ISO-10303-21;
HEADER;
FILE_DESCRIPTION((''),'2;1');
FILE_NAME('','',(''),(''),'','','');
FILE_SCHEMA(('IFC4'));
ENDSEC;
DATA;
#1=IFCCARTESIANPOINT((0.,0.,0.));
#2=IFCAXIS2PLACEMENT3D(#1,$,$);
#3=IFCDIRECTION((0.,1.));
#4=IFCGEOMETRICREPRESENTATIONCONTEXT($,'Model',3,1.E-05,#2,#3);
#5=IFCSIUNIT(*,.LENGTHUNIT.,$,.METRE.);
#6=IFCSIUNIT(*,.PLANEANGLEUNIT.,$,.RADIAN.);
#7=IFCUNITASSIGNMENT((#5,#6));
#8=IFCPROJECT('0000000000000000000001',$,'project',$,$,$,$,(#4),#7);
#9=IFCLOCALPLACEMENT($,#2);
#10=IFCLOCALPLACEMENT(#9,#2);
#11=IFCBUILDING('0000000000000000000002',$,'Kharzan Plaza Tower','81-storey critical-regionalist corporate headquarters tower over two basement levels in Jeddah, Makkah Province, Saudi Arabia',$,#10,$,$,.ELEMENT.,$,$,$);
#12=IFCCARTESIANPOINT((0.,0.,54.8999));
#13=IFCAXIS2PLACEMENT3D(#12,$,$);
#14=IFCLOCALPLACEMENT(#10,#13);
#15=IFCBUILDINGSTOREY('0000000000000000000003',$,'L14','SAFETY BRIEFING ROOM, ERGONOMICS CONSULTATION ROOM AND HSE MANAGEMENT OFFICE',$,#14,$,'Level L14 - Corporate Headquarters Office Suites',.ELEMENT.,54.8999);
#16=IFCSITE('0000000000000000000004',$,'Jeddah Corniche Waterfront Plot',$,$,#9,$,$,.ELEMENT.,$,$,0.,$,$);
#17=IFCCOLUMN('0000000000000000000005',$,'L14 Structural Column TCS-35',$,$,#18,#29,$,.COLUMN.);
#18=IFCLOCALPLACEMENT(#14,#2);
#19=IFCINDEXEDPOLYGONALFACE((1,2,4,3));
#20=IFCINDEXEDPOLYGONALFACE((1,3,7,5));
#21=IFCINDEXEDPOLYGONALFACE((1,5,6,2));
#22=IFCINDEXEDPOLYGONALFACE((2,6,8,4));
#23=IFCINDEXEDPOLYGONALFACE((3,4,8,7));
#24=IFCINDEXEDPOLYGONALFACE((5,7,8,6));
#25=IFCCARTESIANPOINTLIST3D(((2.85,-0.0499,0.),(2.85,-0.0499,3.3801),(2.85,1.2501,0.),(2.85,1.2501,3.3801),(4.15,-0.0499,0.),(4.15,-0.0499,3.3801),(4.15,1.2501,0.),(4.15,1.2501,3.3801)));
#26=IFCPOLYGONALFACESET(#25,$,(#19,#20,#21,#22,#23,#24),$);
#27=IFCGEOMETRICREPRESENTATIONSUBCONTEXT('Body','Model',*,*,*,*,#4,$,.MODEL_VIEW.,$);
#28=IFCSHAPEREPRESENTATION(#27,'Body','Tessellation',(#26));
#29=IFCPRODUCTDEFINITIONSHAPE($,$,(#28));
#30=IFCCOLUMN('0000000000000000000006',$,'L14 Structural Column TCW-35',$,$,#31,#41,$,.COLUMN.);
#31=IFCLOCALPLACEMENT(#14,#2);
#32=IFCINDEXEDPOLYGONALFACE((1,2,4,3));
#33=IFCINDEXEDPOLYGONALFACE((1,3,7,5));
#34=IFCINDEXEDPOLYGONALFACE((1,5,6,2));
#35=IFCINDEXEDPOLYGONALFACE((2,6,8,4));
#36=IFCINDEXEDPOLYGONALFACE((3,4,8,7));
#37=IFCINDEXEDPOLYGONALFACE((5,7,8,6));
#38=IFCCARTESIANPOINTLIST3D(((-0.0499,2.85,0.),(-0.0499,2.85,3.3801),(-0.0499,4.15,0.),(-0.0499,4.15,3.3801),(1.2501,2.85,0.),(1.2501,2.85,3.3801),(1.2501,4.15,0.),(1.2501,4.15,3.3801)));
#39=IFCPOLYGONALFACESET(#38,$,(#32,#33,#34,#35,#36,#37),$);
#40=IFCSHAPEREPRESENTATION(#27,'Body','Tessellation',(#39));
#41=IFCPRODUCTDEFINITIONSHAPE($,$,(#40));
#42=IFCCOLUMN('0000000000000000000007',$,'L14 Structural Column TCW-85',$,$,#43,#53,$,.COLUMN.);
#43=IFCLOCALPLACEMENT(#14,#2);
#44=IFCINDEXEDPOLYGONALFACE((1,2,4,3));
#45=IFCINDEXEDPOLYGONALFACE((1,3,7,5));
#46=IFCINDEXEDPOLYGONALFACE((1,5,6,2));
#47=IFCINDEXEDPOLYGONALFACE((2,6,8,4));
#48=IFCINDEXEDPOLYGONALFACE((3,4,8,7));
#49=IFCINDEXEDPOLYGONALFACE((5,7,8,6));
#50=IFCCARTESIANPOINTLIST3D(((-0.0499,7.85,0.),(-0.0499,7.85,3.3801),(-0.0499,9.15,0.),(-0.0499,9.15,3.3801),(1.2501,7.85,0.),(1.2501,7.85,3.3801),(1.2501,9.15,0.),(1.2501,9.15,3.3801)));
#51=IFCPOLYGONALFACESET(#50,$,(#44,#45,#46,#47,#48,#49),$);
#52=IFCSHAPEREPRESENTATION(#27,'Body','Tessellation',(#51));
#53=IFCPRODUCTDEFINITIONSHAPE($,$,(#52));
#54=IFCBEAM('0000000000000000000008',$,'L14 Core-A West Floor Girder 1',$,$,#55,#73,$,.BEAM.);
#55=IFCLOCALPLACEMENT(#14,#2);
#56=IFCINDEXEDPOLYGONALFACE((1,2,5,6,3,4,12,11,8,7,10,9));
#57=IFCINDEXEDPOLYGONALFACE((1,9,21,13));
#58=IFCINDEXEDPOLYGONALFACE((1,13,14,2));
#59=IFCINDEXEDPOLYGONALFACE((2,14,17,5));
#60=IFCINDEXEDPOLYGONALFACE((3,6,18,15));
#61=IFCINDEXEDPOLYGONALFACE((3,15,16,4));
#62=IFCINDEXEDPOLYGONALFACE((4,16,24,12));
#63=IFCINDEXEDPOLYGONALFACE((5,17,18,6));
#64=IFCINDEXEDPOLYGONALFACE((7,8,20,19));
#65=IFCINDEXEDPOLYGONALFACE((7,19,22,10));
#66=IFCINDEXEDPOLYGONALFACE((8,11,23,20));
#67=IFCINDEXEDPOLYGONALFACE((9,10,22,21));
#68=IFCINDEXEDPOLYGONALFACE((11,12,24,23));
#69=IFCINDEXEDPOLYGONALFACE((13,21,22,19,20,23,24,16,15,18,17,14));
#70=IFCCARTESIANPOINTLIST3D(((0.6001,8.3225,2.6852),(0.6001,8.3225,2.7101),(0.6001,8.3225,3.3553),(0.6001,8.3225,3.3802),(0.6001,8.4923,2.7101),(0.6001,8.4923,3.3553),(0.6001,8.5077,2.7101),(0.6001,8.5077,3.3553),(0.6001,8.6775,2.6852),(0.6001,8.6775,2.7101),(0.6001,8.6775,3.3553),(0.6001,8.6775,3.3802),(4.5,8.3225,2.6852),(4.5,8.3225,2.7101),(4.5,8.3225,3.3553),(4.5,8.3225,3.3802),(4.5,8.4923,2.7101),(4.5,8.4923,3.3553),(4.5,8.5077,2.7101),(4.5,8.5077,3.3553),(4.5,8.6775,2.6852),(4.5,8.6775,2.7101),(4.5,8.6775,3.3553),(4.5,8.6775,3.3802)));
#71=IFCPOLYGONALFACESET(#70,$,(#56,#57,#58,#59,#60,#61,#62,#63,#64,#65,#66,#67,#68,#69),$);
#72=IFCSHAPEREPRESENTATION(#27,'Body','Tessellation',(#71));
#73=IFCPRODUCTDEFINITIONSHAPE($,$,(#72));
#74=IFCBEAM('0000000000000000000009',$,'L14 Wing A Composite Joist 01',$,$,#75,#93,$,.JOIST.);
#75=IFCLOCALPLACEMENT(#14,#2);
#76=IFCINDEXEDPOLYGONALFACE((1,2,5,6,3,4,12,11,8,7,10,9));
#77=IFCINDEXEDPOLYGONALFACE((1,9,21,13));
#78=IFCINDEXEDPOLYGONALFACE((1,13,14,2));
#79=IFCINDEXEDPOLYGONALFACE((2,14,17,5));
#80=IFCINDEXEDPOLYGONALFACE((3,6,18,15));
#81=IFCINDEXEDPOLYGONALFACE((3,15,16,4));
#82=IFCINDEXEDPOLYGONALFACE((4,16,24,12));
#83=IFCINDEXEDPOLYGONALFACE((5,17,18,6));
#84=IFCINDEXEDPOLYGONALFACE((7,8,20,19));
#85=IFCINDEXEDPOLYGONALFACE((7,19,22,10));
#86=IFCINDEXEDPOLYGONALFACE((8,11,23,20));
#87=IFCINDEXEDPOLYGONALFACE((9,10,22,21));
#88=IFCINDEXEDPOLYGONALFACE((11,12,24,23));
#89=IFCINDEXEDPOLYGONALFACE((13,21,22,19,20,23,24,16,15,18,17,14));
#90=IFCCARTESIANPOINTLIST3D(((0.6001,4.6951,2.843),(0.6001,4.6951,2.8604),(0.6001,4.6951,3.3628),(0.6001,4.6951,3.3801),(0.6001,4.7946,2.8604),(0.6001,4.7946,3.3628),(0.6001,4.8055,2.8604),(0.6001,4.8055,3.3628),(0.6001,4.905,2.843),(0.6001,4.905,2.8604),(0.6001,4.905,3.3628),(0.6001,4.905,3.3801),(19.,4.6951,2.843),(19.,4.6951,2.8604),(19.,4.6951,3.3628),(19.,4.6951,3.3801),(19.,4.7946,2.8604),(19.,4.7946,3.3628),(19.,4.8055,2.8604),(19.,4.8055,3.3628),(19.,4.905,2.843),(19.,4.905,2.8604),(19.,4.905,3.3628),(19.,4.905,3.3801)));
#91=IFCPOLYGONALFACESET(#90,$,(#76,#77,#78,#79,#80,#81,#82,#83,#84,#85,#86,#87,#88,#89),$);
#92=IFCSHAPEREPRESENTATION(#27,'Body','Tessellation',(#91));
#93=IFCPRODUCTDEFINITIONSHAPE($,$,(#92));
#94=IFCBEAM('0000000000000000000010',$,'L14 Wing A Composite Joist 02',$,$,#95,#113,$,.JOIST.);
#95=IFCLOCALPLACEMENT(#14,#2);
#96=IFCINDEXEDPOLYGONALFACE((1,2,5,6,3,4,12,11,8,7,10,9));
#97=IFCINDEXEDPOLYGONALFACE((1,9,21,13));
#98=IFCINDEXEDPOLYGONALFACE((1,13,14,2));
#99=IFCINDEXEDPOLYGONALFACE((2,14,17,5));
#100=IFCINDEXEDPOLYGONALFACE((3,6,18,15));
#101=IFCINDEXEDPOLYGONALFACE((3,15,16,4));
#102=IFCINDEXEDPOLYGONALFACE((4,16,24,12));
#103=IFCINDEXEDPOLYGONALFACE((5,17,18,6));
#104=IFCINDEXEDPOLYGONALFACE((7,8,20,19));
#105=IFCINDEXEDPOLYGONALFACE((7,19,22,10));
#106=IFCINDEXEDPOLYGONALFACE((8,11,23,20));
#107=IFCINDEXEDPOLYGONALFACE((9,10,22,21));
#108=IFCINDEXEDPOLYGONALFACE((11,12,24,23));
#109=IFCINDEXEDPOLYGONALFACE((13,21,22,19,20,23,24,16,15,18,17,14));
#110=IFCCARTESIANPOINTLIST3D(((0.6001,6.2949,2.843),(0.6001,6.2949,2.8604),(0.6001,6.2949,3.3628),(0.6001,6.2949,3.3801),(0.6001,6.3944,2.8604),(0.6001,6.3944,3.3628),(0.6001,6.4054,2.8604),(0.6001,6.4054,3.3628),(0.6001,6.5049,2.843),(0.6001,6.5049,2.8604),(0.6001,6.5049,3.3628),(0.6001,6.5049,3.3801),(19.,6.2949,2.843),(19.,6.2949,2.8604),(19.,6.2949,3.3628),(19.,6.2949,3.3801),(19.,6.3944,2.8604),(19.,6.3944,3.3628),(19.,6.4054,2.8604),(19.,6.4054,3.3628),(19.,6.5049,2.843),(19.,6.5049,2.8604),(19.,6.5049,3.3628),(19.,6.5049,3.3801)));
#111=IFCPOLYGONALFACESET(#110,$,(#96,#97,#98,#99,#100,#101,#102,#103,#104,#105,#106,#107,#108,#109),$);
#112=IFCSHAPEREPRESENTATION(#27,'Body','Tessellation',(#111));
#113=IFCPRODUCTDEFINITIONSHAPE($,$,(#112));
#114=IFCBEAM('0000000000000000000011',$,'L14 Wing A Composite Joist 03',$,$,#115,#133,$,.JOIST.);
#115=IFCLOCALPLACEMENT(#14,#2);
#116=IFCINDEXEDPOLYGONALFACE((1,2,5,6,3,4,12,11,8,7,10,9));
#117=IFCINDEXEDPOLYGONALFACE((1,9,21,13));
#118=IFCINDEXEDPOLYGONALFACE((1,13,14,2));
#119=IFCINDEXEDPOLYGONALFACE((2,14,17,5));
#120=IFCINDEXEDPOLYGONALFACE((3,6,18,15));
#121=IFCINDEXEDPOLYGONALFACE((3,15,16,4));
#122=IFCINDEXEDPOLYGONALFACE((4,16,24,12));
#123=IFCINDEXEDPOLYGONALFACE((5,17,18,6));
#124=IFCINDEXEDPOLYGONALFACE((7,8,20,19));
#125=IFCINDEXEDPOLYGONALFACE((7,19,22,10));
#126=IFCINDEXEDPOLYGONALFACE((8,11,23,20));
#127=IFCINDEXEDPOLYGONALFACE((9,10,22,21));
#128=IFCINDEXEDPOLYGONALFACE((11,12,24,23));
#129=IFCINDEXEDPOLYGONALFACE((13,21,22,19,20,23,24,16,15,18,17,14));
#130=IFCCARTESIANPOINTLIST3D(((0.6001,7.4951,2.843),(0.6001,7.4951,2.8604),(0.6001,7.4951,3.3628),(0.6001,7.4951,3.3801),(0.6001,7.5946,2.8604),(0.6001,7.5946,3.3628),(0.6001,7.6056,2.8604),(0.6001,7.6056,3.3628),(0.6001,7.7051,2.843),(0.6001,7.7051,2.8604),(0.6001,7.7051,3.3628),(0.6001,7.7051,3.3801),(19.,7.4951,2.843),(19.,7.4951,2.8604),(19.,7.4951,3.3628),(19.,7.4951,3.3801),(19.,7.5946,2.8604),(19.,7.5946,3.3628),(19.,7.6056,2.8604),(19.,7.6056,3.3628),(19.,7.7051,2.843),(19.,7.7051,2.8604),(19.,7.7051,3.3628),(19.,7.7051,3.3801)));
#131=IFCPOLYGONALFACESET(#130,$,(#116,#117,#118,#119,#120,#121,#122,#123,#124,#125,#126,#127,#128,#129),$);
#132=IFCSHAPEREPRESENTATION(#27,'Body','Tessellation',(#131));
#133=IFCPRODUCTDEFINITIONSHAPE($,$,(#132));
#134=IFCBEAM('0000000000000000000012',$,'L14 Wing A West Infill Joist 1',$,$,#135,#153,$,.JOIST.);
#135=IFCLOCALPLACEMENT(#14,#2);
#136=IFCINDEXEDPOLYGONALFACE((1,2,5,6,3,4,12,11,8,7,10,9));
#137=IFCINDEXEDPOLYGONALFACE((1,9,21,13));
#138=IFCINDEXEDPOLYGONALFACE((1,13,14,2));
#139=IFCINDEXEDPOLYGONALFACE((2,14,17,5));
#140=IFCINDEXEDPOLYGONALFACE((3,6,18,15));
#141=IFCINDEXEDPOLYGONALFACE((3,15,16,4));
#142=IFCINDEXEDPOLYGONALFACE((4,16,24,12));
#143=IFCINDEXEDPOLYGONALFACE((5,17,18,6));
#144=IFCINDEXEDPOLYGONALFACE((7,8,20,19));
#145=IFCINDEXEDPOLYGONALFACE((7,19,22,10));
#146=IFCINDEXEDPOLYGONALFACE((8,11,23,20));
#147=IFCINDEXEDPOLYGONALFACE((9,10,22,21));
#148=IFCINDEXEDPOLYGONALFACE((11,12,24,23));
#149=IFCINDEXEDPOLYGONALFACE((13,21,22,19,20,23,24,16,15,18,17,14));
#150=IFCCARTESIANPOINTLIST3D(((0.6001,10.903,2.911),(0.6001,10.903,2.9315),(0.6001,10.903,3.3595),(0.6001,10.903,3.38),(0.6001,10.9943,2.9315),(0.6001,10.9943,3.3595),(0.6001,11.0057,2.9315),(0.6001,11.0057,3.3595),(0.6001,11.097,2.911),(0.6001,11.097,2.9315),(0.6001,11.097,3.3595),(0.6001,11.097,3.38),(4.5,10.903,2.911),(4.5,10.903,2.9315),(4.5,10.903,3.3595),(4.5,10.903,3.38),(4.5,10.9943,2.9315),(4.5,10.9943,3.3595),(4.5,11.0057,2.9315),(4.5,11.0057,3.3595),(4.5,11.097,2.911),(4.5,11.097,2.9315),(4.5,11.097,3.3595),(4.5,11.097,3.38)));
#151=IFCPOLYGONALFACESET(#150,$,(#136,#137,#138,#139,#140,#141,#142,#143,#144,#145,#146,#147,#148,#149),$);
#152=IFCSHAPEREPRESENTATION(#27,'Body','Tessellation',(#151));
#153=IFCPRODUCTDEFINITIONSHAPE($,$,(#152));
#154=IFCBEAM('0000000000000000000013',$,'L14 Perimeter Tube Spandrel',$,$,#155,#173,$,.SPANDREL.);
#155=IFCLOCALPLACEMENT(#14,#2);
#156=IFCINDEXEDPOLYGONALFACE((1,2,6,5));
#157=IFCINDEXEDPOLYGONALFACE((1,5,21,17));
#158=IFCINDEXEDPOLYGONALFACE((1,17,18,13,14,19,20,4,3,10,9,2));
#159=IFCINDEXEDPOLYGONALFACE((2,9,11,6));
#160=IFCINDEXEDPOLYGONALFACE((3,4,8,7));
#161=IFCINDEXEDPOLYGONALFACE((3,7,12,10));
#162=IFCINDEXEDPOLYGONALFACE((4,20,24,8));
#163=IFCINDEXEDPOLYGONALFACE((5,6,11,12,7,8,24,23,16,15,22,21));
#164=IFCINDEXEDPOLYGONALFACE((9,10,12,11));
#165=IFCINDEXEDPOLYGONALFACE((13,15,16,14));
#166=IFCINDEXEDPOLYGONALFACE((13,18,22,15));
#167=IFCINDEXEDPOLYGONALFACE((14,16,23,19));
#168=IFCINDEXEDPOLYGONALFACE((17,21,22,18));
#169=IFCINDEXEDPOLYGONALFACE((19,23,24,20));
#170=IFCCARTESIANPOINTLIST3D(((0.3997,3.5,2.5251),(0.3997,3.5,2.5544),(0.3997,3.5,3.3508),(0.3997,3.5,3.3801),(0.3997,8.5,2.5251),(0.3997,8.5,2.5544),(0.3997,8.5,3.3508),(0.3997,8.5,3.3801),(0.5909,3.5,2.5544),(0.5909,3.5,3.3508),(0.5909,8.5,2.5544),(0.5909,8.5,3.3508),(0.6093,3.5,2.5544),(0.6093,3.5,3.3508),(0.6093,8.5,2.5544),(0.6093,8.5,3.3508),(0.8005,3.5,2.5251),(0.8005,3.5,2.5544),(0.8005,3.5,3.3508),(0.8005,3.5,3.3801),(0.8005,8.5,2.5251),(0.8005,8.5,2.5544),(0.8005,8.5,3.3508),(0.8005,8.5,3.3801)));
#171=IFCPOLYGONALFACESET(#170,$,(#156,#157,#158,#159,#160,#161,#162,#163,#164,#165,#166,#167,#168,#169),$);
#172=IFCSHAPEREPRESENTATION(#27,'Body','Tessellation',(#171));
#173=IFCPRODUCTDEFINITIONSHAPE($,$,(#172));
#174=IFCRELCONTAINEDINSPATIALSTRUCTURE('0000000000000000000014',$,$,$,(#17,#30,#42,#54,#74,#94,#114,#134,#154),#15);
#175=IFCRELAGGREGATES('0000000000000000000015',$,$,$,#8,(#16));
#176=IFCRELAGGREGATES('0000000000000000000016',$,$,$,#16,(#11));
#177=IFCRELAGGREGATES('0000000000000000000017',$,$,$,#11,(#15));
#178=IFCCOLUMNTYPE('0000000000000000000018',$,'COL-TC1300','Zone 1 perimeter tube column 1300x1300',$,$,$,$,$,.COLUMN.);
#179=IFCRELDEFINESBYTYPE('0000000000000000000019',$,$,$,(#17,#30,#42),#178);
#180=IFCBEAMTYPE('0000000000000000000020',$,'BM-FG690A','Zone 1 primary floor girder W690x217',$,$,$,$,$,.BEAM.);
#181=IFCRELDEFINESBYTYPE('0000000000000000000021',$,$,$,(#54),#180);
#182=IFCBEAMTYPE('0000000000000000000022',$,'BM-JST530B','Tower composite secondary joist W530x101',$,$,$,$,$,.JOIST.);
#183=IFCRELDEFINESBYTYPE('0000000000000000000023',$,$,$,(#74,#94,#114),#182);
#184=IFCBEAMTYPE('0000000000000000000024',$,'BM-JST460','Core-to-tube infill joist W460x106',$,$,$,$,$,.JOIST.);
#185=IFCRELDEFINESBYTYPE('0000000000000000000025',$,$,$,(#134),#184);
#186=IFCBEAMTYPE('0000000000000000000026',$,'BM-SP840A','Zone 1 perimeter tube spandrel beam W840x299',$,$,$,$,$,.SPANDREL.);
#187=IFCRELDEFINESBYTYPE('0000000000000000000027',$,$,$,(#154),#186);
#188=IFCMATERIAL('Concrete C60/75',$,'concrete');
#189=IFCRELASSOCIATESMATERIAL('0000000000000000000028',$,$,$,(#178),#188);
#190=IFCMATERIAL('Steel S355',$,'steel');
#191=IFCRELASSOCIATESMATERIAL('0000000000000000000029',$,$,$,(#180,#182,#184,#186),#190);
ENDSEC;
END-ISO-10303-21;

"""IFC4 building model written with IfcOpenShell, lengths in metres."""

from ifc_helpers import new_model, si_unit, direction, frame, origin, origin_2d, place, context, subcontext, project, spatial, rectangle, i_section, extrude, source, transform, mapped, material, material_profile, profile_set, type_object, element, save


model = new_model("IFC4")

# Units and contexts
model_context = context("Model", 3, precision=1e-05, world=origin(), true_north=direction((0.0, 1.0)))
body_context = subcontext(model_context, "Body", "Model", "MODEL_VIEW")
ifc_project = project(units=[si_unit("LENGTHUNIT", "METRE"), si_unit("PLANEANGLEUNIT", "RADIAN")], contexts=[model_context])

# Site, building, storey
site_placement = place(None, origin())
site = spatial("IfcSite", under=ifc_project, at=site_placement, Name="Jeddah Corniche Waterfront Plot", CompositionType="ELEMENT", RefElevation=0.0)
building_placement = place(site_placement, origin())
building = spatial("IfcBuilding", under=site, at=building_placement, Name="Kharzan Plaza Tower", Description="81-storey critical-regionalist corporate headquarters tower over two basement levels in Jeddah, Makkah Province, Saudi Arabia", CompositionType="ELEMENT")
storey_placement = place(building_placement, frame((0.0, 0.0, 54.8999)))
storey = spatial("IfcBuildingStorey", under=building, at=storey_placement, Name="L14", Description="SAFETY BRIEFING ROOM, ERGONOMICS CONSULTATION ROOM AND HSE MANAGEMENT OFFICE", LongName="Level L14 - Corporate Headquarters Office Suites", CompositionType="ELEMENT", Elevation=54.8999)

# Columns
ifc_material_1 = material(Name="Concrete C60/75", Category="concrete")
ifc_material_profile_1 = material_profile(ifc_material_1, rectangle(XDim=1.3, YDim=1.3, at=origin_2d()), Name="RC-TC1300x1300")
ifc_profile_set_1 = profile_set([ifc_material_profile_1], Name="Concrete C60/75")
column_type = type_object("IfcColumnType", Name="COL-TC1300", Description="Zone 1 perimeter tube column 1300x1300", PredefinedType="COLUMN", material=ifc_profile_set_1)
shared_shape_1 = source(origin(), body_context, "Body", "SweptSolid", [
    extrude(rectangle(XDim=1.3, YDim=1.3, at=origin_2d()), origin(), (0.0, 0.0, 1.0), 3.3801),
])
for number, where, z_axis, x_axis, name in (
    (1, (3.5, 0.6001, 0.0), (0.0, 0.0, 1.0), (1.0, 0.0, 0.0), "L14 Structural Column TCS-35"),
    (2, (0.6001, 3.5, 0.0), (0.0, 0.0, 1.0), (1.0, 0.0, 0.0), "L14 Structural Column TCW-35"),
    (3, (0.6001, 8.5, 0.0), (0.0, 0.0, 1.0), (1.0, 0.0, 0.0), "L14 Structural Column TCW-85"),
):
    element("IfcColumn", number, at=place(storey_placement, frame(where, z_axis=z_axis, x_axis=x_axis)), inside=storey, type_object=column_type, Name=name, PredefinedType="COLUMN", context=body_context, shape_type="MappedRepresentation", body=[
        mapped(shared_shape_1, transform((0.0, 0.0, 0.0), x_axis=(1.0, 0.0, 0.0), y_axis=(0.0, 1.0, 0.0), z_axis=(0.0, 0.0, 1.0))),
    ])

# Beams
ifc_material_2 = material(Name="Steel S355", Category="steel")
ifc_material_profile_2 = material_profile(ifc_material_2, i_section(OverallWidth=0.355, OverallDepth=0.6951, WebThickness=0.0154, FlangeThickness=0.0249, at=origin_2d()), Name="W690x217")
ifc_profile_set_2 = profile_set([ifc_material_profile_2], Name="Steel S355")
beam_type_1 = type_object("IfcBeamType", Name="BM-FG690A", Description="Zone 1 primary floor girder W690x217", PredefinedType="BEAM", material=ifc_profile_set_2)
shared_shape_2 = source(origin(), body_context, "Body", "SweptSolid", [
    extrude(i_section(OverallWidth=0.355, OverallDepth=0.6951, WebThickness=0.0154, FlangeThickness=0.0249, at=origin_2d()), origin(), (0.0, 0.0, 1.0), 3.8999),
])
beam_1_placement = place(storey_placement, frame((0.6001, 8.5, 3.0327), z_axis=(1.0, 0.0, 0.0), x_axis=(0.0, 1.0, 0.0)))
element("IfcBeam", 4, at=beam_1_placement, inside=storey, type_object=beam_type_1, Name="L14 Core-A West Floor Girder 1", PredefinedType="BEAM", context=body_context, shape_type="MappedRepresentation", body=[
    mapped(shared_shape_2, transform((0.0, 0.0, 0.0), x_axis=(1.0, 0.0, 0.0), y_axis=(0.0, 1.0, 0.0), z_axis=(0.0, 0.0, 1.0))),
])
ifc_material_profile_3 = material_profile(ifc_material_2, i_section(OverallWidth=0.21, OverallDepth=0.5371, WebThickness=0.011, FlangeThickness=0.0173, at=origin_2d()), Name="W530x101")
ifc_profile_set_3 = profile_set([ifc_material_profile_3], Name="Steel S355")
beam_type_2 = type_object("IfcBeamType", Name="BM-JST530B", Description="Tower composite secondary joist W530x101", PredefinedType="JOIST", material=ifc_profile_set_3)
shared_shape_3 = source(origin(), body_context, "Body", "SweptSolid", [
    extrude(i_section(OverallWidth=0.21, OverallDepth=0.5371, WebThickness=0.011, FlangeThickness=0.0173, at=origin_2d()), origin(), (0.0, 0.0, 1.0), 18.3999),
])
for number, where, z_axis, x_axis, name in (
    (5, (0.6001, 4.8, 3.1116), (1.0, 0.0, 0.0), (0.0, 1.0, 0.0), "L14 Wing A Composite Joist 01"),
    (6, (0.6001, 6.3999, 3.1116), (1.0, 0.0, 0.0), (0.0, 1.0, 0.0), "L14 Wing A Composite Joist 02"),
    (7, (0.6001, 7.6001, 3.1116), (1.0, 0.0, 0.0), (0.0, 1.0, 0.0), "L14 Wing A Composite Joist 03"),
):
    element("IfcBeam", number, at=place(storey_placement, frame(where, z_axis=z_axis, x_axis=x_axis)), inside=storey, type_object=beam_type_2, Name=name, PredefinedType="JOIST", context=body_context, shape_type="MappedRepresentation", body=[
        mapped(shared_shape_3, transform((0.0, 0.0, 0.0), x_axis=(1.0, 0.0, 0.0), y_axis=(0.0, 1.0, 0.0), z_axis=(0.0, 0.0, 1.0))),
    ])
ifc_material_profile_4 = material_profile(ifc_material_2, i_section(OverallWidth=0.1941, OverallDepth=0.469, WebThickness=0.0115, FlangeThickness=0.0205, at=origin_2d()), Name="W460x106")
ifc_profile_set_4 = profile_set([ifc_material_profile_4], Name="Steel S355")
beam_type_3 = type_object("IfcBeamType", Name="BM-JST460", Description="Core-to-tube infill joist W460x106", PredefinedType="JOIST", material=ifc_profile_set_4)
shared_shape_4 = source(origin(), body_context, "Body", "SweptSolid", [
    extrude(i_section(OverallWidth=0.1941, OverallDepth=0.469, WebThickness=0.0115, FlangeThickness=0.0205, at=origin_2d()), origin(), (0.0, 0.0, 1.0), 3.8999),
])
beam_2_placement = place(storey_placement, frame((0.6001, 11.0, 3.1455), z_axis=(1.0, 0.0, 0.0), x_axis=(0.0, 1.0, 0.0)))
element("IfcBeam", 8, at=beam_2_placement, inside=storey, type_object=beam_type_3, Name="L14 Wing A West Infill Joist 1", PredefinedType="JOIST", context=body_context, shape_type="MappedRepresentation", body=[
    mapped(shared_shape_4, transform((0.0, 0.0, 0.0), x_axis=(1.0, 0.0, 0.0), y_axis=(0.0, 1.0, 0.0), z_axis=(0.0, 0.0, 1.0))),
])
ifc_material_profile_5 = material_profile(ifc_material_2, i_section(OverallWidth=0.4009, OverallDepth=0.855, WebThickness=0.0183, FlangeThickness=0.0293, at=origin_2d()), Name="W840x299")
ifc_profile_set_5 = profile_set([ifc_material_profile_5], Name="Steel S355")
beam_type_4 = type_object("IfcBeamType", Name="BM-SP840A", Description="Zone 1 perimeter tube spandrel beam W840x299", PredefinedType="SPANDREL", material=ifc_profile_set_5)
shared_shape_5 = source(origin(), body_context, "Body", "SweptSolid", [
    extrude(i_section(OverallWidth=0.4009, OverallDepth=0.855, WebThickness=0.0183, FlangeThickness=0.0293, at=origin_2d()), origin(), (0.0, 0.0, 1.0), 5.0),
])
for number, where, z_axis, x_axis, name in (
    (9, (0.6001, 3.5, 2.9526), (0.0, 1.0, 0.0), (-1.0, 0.0, 0.0), "L14 Perimeter Tube Spandrel"),
):
    element("IfcBeam", number, at=place(storey_placement, frame(where, z_axis=z_axis, x_axis=x_axis)), inside=storey, type_object=beam_type_4, Name=name, PredefinedType="SPANDREL", context=body_context, shape_type="MappedRepresentation", body=[
        mapped(shared_shape_5, transform((0.0, 0.0, 0.0), x_axis=(1.0, 0.0, 0.0), y_axis=(0.0, 1.0, 0.0), z_axis=(0.0, 0.0, 1.0))),
    ])

save(model, "model.ifc")
